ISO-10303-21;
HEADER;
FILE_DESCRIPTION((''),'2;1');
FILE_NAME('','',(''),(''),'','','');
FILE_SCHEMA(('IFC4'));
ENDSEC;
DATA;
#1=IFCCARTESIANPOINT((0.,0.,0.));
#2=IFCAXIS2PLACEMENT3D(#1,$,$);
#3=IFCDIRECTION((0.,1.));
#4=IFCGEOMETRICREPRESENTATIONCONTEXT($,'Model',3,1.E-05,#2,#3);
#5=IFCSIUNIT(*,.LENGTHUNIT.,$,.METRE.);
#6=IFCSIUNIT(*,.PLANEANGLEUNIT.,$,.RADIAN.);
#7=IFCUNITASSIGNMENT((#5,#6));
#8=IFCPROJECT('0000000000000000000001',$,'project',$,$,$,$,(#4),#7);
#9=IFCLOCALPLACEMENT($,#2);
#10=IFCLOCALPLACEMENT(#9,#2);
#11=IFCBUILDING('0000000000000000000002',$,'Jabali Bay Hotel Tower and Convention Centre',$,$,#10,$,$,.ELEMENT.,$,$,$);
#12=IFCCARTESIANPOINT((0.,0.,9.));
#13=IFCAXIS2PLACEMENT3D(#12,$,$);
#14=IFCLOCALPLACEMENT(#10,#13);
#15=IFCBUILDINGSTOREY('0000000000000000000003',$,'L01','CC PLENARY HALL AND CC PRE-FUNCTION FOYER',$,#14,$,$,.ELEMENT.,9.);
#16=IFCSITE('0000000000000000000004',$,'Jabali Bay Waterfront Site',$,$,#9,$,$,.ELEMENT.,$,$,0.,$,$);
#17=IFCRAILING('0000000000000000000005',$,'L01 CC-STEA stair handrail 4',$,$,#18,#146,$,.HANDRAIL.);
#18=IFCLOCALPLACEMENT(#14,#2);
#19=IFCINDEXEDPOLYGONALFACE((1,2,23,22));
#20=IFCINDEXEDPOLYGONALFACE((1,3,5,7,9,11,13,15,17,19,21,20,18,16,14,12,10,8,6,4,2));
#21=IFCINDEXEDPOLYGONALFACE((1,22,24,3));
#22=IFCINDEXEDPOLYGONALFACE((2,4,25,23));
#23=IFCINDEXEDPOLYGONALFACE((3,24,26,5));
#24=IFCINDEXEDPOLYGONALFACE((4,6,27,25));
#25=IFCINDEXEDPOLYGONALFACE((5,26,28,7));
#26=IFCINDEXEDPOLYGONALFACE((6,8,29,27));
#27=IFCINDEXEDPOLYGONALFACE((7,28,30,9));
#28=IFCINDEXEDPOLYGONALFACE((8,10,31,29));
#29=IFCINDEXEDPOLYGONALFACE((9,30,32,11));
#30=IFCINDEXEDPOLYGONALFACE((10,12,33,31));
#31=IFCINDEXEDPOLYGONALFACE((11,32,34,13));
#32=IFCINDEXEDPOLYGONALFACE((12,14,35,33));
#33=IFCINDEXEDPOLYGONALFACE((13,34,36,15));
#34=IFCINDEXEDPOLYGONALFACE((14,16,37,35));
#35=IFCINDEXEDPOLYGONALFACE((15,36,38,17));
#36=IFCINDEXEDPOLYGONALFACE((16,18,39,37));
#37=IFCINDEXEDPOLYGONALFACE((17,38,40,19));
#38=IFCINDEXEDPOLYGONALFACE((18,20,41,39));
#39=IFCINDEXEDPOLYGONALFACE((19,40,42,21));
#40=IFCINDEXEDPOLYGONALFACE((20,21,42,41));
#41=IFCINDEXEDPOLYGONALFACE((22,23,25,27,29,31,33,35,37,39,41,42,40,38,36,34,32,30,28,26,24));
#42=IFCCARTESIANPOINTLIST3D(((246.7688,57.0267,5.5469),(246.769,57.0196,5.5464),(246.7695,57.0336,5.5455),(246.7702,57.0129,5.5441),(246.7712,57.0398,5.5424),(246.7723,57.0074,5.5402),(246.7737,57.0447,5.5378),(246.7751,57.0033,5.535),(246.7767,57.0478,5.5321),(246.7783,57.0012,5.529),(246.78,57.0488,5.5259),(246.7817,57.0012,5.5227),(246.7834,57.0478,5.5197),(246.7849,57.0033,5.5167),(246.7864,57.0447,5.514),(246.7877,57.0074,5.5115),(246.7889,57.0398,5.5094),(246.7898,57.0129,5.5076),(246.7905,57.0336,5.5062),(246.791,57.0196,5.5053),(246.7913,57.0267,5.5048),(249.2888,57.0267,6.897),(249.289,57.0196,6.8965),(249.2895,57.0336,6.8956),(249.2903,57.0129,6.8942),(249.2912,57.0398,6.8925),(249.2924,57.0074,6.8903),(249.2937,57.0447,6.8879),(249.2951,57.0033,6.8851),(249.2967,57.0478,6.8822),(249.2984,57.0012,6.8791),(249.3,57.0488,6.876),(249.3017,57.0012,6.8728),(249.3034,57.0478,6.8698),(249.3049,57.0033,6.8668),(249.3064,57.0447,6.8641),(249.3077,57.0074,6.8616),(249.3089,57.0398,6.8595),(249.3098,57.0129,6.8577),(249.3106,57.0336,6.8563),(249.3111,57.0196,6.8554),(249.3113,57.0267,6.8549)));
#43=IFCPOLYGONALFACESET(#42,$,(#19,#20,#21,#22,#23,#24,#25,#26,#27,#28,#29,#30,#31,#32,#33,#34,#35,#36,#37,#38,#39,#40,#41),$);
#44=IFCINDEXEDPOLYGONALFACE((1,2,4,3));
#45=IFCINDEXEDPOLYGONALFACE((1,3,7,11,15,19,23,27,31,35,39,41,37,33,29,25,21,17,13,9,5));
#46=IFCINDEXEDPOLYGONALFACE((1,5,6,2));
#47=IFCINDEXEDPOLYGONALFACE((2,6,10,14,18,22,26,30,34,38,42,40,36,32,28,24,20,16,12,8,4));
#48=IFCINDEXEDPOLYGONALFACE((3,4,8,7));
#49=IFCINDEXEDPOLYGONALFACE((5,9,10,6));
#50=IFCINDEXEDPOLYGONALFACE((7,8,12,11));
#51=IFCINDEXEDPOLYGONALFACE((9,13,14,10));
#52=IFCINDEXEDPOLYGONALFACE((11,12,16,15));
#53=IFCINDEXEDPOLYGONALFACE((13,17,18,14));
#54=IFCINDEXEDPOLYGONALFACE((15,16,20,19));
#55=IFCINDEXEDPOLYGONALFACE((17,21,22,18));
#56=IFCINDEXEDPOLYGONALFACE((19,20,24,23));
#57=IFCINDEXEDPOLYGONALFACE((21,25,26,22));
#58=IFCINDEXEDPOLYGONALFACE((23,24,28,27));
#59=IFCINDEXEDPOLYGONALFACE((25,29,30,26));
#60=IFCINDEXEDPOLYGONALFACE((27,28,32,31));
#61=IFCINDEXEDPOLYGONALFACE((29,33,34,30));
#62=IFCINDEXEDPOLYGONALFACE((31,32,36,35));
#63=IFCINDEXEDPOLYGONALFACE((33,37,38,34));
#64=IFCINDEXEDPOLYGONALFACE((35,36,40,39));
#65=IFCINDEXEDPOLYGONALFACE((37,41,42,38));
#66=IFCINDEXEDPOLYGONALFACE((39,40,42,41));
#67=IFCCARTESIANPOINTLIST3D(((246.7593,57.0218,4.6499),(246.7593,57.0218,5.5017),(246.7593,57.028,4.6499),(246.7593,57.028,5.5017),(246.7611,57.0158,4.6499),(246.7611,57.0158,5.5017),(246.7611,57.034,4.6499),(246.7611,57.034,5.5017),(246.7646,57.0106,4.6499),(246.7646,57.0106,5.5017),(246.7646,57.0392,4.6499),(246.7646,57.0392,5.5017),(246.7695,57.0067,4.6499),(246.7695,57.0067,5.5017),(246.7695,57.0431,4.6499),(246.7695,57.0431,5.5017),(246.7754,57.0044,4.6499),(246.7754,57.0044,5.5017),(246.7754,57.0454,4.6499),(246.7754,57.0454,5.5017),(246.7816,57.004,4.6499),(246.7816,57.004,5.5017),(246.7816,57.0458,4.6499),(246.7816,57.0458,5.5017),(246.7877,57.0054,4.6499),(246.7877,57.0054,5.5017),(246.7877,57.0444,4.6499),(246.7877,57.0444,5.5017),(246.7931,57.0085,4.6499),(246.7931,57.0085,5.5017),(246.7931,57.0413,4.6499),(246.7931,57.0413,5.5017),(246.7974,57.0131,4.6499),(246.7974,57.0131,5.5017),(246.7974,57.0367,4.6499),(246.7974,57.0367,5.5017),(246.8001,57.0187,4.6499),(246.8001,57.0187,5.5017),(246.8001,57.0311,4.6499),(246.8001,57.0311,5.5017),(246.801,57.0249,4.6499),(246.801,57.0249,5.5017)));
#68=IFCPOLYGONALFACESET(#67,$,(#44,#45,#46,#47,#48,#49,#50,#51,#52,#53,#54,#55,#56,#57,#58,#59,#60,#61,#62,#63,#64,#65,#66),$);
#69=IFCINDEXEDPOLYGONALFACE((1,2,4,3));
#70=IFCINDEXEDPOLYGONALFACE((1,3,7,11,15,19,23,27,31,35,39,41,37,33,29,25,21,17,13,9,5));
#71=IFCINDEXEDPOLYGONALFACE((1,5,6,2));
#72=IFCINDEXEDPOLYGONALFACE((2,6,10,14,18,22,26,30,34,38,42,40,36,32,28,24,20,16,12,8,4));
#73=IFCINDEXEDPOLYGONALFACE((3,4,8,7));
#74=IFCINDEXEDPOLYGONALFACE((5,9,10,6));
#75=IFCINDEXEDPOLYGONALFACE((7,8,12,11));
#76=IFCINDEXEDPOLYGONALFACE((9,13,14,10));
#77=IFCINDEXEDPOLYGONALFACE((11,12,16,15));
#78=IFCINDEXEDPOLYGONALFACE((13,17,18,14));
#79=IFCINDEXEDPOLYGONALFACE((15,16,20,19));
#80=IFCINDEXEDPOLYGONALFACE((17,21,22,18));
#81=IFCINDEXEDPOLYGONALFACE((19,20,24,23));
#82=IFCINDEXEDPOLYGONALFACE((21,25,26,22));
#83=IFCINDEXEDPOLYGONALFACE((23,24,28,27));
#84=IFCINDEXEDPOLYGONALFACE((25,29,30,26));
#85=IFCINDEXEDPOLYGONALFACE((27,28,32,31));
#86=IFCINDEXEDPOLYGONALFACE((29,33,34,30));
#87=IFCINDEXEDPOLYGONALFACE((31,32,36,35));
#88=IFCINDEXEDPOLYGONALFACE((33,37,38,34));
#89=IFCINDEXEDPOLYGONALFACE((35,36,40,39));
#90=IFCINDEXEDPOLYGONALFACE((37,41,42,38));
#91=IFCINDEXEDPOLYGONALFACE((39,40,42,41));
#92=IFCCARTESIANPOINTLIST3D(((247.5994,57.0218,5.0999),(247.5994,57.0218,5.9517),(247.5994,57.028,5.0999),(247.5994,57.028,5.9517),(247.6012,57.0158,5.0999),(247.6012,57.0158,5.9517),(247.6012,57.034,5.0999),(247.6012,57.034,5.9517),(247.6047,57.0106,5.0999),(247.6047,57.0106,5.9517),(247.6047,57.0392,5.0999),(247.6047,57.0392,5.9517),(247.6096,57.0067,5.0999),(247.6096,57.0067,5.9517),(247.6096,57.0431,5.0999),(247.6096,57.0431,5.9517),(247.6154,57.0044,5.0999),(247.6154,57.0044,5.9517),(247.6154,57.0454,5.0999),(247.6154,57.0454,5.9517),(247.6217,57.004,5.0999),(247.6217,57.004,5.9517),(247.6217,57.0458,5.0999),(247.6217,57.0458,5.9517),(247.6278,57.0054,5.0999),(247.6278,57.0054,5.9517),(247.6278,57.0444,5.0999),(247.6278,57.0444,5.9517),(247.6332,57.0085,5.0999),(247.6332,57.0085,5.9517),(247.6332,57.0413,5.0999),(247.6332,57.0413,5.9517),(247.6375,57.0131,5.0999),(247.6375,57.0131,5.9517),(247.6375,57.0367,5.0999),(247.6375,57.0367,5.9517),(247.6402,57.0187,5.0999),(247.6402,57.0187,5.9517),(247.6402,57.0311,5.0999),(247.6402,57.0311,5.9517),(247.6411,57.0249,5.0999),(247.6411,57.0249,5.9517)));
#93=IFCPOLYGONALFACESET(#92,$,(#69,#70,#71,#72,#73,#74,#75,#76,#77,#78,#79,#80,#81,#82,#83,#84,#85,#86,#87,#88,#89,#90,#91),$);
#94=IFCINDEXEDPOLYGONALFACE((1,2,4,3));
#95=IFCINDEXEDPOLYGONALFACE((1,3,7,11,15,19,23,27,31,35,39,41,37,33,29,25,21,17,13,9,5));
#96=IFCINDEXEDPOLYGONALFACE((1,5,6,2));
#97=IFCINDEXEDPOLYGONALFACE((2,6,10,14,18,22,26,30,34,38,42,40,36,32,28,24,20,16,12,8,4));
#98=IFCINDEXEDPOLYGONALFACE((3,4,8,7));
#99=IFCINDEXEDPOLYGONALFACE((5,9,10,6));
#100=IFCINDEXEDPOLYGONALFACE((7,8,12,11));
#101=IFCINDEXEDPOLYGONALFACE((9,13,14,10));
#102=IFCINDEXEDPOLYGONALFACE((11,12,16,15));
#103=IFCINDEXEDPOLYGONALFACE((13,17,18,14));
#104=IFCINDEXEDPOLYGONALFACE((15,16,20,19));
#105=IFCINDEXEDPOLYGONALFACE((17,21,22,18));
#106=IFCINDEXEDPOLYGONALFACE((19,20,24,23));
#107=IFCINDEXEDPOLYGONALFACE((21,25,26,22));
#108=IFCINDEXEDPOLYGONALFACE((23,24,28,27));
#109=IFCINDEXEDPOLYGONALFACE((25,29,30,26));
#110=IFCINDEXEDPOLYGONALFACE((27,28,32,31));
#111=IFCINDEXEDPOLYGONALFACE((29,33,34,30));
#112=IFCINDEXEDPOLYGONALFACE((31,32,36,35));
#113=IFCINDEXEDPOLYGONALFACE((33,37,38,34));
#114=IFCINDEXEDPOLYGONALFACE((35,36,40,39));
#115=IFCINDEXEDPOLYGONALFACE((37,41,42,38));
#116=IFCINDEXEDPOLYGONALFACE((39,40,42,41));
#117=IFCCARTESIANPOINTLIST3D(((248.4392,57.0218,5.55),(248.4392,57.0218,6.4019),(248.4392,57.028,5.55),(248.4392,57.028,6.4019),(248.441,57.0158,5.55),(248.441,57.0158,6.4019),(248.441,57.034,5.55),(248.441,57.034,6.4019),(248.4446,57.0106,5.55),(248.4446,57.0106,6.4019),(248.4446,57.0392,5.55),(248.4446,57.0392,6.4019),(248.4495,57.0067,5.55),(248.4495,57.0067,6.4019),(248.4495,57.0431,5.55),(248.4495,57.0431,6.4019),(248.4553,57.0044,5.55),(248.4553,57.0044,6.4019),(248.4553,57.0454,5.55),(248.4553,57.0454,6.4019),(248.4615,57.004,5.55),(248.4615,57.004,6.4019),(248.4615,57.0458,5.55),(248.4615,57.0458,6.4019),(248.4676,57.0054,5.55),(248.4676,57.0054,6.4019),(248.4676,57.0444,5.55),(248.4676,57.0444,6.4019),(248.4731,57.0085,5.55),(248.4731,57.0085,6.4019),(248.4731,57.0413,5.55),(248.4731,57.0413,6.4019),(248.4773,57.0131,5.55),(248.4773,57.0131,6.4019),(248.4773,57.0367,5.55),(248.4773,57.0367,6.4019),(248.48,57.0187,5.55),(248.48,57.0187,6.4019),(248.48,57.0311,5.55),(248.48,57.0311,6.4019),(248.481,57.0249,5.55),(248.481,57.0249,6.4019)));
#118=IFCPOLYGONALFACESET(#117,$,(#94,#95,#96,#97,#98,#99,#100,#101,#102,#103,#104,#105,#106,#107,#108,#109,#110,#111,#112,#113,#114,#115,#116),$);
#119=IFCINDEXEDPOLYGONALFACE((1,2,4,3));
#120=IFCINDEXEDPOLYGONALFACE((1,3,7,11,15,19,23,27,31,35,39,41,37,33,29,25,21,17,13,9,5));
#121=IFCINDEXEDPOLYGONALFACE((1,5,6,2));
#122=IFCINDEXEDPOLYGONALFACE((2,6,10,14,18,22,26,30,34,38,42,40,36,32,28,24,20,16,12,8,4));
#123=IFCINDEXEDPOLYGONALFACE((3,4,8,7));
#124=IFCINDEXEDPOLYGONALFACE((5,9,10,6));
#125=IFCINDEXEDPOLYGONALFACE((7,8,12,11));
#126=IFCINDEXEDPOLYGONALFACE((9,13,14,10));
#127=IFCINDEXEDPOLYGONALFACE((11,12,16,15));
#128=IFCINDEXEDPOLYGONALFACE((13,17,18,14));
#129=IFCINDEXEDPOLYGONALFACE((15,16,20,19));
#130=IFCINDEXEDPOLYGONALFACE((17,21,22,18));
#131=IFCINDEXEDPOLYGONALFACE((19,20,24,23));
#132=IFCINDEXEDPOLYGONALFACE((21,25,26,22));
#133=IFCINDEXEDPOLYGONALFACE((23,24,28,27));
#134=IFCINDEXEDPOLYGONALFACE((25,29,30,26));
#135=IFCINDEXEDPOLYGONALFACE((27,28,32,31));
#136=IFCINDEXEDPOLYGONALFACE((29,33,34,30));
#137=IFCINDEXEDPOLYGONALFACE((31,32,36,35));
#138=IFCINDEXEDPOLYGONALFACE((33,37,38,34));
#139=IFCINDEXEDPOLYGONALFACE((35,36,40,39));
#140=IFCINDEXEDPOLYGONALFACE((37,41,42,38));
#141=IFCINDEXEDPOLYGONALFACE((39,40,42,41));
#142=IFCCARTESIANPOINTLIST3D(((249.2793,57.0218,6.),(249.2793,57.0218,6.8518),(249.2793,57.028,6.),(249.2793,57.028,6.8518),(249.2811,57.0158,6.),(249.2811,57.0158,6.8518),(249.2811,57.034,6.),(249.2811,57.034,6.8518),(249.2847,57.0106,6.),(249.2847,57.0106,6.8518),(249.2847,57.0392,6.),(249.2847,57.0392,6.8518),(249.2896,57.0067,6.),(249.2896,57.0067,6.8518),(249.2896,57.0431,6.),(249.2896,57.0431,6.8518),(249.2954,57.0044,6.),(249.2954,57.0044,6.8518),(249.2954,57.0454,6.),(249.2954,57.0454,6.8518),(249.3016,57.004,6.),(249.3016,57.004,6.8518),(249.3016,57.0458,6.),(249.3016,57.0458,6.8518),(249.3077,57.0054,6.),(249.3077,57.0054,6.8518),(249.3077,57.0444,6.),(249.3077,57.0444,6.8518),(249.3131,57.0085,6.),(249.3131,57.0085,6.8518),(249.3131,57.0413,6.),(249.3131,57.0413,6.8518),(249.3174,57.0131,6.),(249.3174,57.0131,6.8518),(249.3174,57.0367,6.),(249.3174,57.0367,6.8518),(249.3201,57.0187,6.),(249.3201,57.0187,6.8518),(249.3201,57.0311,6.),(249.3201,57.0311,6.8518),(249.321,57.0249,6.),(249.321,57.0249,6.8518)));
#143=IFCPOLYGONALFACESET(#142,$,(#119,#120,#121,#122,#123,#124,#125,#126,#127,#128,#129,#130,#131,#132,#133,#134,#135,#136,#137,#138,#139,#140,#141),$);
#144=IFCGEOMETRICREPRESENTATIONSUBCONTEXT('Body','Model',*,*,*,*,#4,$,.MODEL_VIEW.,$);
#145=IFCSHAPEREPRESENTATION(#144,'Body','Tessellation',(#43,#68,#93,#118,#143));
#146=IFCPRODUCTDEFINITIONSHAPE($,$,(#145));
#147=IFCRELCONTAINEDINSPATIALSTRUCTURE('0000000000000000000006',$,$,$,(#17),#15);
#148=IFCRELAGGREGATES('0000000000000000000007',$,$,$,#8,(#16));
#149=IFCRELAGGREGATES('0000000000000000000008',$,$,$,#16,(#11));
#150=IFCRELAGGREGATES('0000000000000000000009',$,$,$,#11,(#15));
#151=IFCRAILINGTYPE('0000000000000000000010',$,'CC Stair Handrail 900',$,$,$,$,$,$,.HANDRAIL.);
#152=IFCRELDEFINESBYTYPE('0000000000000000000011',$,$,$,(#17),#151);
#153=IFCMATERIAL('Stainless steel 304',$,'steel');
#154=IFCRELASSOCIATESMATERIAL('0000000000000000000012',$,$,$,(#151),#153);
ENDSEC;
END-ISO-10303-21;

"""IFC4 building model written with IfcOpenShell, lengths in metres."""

from ifc_helpers import new_model, si_unit, direction, frame, origin, origin_2d, place, context, subcontext, project, spatial, circle, extrude, material, type_object, element, save


model = new_model("IFC4")

# Units and contexts
model_context = context("Model", 3, precision=1e-05, world=origin(), true_north=direction((0.0, 1.0)))
body_context = subcontext(model_context, "Body", "Model", "MODEL_VIEW")
ifc_project = project(units=[si_unit("LENGTHUNIT", "METRE"), si_unit("PLANEANGLEUNIT", "RADIAN")], contexts=[model_context])

# Site, building, storey
site_placement = place(None, origin())
site = spatial("IfcSite", under=ifc_project, at=site_placement, Name="Jabali Bay Waterfront Site", CompositionType="ELEMENT", RefElevation=0.0)
building_placement = place(site_placement, origin())
building = spatial("IfcBuilding", under=site, at=building_placement, Name="Jabali Bay Hotel Tower and Convention Centre", CompositionType="ELEMENT")
storey_placement = place(building_placement, frame((0.0, 0.0, 9.0)))
storey = spatial("IfcBuildingStorey", under=building, at=storey_placement, Name="L01", Description="CC PLENARY HALL AND CC PRE-FUNCTION FOYER", CompositionType="ELEMENT", Elevation=9.0)

# Railing
ifc_material_1 = material(Name="Stainless steel 304", Category="steel")
railing_type = type_object("IfcRailingType", Name="CC Stair Handrail 900", PredefinedType="HANDRAIL", material=ifc_material_1)
for number, where, name in (
    (1, (246.78, 57.0249, 4.6499), "L01 CC-STEA stair handrail 4"),
):
    element("IfcRailing", number, at=place(storey_placement, frame(where)), inside=storey, type_object=railing_type, Name=name, PredefinedType="HANDRAIL", context=body_context, shape_type="SweptSolid", body=[
        extrude(circle(Radius=0.0239, at=origin_2d()), frame((0.0, 0.0, 0.876), z_axis=(0.881467, 0.0, 0.472245), x_axis=(0.0, 1.0, 0.0)), (0.0, 0.0, 1.0), 2.8589),
        extrude(circle(Radius=0.021, at=origin_2d()), origin(), (0.0, 0.0, 1.0), 0.8518),
        extrude(circle(Radius=0.021, at=origin_2d()), frame((0.8401, 0.0, 0.45)), (0.0, 0.0, 1.0), 0.8518),
        extrude(circle(Radius=0.021, at=origin_2d()), frame((1.6799, 0.0, 0.9001)), (0.0, 0.0, 1.0), 0.8518),
        extrude(circle(Radius=0.021, at=origin_2d()), frame((2.52, 0.0, 1.3501)), (0.0, 0.0, 1.0), 0.8518),
    ])

save(model, "model.ifc")
